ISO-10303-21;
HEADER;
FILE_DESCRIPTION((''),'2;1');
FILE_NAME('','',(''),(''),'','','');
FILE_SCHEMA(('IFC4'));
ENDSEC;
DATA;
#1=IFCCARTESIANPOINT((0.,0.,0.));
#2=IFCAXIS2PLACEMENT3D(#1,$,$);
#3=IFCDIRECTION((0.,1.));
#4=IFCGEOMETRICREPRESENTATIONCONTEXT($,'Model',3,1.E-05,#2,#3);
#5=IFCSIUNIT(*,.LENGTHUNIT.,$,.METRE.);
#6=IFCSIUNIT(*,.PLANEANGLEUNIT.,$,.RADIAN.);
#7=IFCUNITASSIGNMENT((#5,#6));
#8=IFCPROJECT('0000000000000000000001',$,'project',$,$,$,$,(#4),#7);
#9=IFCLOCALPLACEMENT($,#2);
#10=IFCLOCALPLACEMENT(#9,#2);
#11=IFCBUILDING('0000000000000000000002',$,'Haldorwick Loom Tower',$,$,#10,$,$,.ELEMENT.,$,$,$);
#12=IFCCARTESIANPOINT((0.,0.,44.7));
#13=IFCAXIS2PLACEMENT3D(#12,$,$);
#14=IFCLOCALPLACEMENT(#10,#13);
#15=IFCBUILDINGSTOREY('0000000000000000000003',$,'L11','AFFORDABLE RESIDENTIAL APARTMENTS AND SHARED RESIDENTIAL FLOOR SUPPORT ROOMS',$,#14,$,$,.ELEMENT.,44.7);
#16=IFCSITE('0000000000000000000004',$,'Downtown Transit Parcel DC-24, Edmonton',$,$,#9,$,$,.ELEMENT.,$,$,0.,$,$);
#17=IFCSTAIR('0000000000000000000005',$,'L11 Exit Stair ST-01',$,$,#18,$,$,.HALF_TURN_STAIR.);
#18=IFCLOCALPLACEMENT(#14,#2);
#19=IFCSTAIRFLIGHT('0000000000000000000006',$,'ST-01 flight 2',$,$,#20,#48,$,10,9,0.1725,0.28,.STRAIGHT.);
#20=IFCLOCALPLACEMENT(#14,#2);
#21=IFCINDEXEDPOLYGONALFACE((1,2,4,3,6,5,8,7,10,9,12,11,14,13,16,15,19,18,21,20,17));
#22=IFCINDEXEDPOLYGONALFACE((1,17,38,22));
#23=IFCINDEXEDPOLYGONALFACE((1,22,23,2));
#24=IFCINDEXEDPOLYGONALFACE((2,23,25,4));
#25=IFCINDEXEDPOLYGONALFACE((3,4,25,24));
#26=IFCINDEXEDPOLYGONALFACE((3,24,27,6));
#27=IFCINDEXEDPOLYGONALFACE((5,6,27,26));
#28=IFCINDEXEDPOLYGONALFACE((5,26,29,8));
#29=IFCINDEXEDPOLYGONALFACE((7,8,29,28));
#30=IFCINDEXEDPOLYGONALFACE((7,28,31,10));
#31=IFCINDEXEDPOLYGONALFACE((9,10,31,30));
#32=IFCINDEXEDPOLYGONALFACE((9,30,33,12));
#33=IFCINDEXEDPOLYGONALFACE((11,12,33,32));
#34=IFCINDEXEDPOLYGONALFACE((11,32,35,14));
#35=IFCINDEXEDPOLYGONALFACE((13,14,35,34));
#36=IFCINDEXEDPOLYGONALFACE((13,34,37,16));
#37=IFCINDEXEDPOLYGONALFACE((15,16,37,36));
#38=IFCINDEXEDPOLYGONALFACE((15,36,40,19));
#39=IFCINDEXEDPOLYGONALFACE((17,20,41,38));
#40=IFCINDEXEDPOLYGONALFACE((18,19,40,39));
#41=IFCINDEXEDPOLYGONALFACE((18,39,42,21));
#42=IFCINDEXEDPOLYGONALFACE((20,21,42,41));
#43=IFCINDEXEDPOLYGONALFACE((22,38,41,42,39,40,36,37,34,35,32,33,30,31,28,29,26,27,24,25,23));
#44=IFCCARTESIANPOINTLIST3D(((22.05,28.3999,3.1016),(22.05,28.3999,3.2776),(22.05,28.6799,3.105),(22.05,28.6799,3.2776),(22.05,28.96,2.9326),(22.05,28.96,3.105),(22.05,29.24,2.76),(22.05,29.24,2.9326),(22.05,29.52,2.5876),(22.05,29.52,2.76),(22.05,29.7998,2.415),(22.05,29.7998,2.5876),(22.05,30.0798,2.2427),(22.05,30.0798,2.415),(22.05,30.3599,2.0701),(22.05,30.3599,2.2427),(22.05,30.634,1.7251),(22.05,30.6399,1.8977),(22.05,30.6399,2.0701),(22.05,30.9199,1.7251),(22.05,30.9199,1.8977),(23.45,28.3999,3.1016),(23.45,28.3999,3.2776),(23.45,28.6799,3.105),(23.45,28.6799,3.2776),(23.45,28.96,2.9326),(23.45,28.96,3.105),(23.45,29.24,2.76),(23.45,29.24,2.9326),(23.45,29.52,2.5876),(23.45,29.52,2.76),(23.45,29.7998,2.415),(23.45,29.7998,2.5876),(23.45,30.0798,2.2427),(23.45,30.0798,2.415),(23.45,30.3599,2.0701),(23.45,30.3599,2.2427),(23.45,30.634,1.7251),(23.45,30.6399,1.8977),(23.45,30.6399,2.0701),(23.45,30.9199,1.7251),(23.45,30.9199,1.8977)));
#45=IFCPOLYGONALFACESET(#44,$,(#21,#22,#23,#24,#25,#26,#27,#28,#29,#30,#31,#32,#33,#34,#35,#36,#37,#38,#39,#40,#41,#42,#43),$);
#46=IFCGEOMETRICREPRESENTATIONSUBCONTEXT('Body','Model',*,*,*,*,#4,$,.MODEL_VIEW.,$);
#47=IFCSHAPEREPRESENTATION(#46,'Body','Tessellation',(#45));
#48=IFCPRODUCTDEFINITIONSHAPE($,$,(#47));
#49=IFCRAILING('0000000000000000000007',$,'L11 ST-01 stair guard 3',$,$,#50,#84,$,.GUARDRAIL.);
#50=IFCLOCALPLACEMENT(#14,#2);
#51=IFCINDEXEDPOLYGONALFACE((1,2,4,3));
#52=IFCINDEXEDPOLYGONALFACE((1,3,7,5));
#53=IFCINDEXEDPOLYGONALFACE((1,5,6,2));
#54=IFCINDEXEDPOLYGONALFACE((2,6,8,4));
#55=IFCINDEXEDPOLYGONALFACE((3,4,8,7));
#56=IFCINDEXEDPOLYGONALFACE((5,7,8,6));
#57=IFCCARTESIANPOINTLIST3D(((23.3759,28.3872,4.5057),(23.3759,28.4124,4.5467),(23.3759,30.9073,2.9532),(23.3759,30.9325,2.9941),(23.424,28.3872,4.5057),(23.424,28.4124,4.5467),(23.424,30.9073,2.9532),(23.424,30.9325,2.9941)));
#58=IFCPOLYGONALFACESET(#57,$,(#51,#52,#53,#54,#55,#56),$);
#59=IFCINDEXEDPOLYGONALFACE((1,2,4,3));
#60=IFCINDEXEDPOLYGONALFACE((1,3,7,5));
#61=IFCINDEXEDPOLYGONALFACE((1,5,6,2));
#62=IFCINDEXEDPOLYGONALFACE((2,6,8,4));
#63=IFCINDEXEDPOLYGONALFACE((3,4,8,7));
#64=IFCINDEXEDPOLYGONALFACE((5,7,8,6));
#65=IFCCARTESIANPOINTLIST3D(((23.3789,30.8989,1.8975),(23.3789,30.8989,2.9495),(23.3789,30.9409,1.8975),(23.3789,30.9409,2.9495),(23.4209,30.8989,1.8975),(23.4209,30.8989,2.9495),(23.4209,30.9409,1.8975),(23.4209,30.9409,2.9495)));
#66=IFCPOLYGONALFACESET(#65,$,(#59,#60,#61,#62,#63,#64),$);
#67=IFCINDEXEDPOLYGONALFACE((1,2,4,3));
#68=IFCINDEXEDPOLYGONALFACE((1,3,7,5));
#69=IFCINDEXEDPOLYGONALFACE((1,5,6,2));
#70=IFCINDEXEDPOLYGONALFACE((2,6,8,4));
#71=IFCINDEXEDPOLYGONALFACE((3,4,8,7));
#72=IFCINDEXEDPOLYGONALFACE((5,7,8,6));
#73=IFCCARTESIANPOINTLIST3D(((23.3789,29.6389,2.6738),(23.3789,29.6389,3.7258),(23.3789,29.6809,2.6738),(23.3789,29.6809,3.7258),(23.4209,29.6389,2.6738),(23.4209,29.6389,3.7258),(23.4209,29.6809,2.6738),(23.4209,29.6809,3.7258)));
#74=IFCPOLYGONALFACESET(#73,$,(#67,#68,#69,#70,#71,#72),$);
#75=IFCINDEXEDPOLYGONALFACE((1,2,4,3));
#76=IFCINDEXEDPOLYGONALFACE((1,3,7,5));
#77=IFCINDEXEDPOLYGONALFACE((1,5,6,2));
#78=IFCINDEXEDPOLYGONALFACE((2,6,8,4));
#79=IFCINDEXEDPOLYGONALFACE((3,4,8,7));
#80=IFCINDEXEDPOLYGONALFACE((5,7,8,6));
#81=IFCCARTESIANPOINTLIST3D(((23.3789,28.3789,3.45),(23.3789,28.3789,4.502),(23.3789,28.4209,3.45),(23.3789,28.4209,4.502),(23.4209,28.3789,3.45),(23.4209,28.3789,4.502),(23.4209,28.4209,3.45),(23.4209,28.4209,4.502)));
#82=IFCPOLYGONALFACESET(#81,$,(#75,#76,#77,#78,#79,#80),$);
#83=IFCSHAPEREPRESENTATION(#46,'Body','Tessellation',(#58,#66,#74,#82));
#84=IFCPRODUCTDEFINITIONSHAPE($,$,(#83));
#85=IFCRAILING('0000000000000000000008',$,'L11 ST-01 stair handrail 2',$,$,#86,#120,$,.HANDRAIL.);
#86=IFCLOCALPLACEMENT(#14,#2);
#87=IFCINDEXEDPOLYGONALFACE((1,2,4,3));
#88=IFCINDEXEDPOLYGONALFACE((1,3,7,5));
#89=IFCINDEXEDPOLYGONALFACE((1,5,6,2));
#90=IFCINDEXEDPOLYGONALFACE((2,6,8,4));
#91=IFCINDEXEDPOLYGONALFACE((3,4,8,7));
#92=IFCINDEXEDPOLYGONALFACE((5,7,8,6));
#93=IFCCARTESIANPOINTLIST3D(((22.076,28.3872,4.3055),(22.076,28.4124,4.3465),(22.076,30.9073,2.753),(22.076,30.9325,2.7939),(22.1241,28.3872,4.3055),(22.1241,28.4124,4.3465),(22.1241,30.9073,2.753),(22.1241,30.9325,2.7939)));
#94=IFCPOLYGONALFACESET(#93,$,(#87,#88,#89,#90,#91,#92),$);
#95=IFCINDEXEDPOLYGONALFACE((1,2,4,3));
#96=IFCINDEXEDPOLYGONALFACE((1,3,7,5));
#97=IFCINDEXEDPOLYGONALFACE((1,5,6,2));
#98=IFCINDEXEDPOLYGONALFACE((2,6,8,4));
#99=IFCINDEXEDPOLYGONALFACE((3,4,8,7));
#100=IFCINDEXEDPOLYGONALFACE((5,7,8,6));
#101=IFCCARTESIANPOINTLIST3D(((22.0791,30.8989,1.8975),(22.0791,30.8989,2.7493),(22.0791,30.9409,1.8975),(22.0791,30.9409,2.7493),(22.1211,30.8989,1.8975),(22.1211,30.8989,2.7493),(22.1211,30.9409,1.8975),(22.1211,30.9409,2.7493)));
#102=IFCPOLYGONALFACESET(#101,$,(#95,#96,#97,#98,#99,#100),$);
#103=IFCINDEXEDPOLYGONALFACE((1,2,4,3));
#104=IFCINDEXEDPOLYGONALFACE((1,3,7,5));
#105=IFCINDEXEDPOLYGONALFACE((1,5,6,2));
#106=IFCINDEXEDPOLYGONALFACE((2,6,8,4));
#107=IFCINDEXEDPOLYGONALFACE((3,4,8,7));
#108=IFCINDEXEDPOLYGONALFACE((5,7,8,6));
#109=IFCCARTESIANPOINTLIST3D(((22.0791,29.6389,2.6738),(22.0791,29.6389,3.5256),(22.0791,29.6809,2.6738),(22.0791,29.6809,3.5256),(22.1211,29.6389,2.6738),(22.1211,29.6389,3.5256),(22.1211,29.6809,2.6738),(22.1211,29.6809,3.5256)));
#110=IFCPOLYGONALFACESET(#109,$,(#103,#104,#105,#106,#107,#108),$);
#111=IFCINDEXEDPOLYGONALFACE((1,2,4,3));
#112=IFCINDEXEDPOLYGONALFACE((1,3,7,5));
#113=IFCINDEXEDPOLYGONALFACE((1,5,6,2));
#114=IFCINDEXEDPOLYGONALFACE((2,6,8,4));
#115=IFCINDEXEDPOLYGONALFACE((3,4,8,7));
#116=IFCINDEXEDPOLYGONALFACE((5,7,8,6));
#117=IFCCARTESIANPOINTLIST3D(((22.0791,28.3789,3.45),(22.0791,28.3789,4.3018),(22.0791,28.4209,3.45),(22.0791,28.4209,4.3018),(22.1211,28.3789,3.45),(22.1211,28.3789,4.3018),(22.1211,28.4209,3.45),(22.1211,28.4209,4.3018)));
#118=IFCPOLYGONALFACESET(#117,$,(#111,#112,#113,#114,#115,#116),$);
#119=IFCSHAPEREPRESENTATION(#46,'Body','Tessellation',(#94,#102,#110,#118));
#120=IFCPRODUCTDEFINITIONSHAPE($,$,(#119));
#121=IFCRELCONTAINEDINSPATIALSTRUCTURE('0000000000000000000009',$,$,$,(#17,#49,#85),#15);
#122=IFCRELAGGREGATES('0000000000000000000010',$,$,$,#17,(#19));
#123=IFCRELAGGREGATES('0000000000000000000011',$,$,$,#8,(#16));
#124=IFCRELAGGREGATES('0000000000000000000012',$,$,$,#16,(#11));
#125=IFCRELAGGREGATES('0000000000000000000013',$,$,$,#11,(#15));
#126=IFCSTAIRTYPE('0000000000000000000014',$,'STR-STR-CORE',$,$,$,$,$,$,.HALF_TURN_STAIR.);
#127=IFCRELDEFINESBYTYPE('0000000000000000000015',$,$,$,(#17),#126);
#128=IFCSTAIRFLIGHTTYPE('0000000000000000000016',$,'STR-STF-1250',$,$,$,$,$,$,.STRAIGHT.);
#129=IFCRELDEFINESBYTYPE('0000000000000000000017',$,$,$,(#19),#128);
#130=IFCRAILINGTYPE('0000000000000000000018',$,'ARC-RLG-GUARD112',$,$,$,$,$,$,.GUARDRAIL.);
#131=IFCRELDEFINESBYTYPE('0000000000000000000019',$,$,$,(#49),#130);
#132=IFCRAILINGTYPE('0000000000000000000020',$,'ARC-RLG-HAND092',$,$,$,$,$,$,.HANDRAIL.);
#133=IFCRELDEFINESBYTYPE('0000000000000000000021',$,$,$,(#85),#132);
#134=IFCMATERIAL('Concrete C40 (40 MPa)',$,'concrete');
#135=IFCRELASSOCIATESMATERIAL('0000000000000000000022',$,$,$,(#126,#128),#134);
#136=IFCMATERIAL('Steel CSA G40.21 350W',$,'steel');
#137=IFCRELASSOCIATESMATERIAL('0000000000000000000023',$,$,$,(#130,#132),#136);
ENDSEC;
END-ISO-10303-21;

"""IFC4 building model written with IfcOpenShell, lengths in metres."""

from ifc_helpers import new_model, si_unit, direction, frame, origin, origin_2d, place, context, subcontext, project, spatial, polyline, rectangle, outline, extrude, material, type_object, element, aggregate, save


model = new_model("IFC4")

# Units and contexts
model_context = context("Model", 3, precision=1e-05, world=origin(), true_north=direction((0.0, 1.0)))
body_context = subcontext(model_context, "Body", "Model", "MODEL_VIEW")
ifc_project = project(units=[si_unit("LENGTHUNIT", "METRE"), si_unit("PLANEANGLEUNIT", "RADIAN")], contexts=[model_context])

# Site, building, storey
site_placement = place(None, origin())
site = spatial("IfcSite", under=ifc_project, at=site_placement, Name="Downtown Transit Parcel DC-24, Edmonton", CompositionType="ELEMENT", RefElevation=0.0)
building_placement = place(site_placement, origin())
building = spatial("IfcBuilding", under=site, at=building_placement, Name="Haldorwick Loom Tower", CompositionType="ELEMENT")
storey_placement = place(building_placement, frame((0.0, 0.0, 44.7)))
storey = spatial("IfcBuildingStorey", under=building, at=storey_placement, Name="L11", Description="AFFORDABLE RESIDENTIAL APARTMENTS AND SHARED RESIDENTIAL FLOOR SUPPORT ROOMS", CompositionType="ELEMENT", Elevation=44.7)

# Shared definitions
ifc_material_1 = material(Name="Steel CSA G40.21 350W", Category="steel")

# Stair, stair flight
ifc_material_2 = material(Name="Concrete C40 (40 MPa)", Category="concrete")
stair_type = type_object("IfcStairType", Name="STR-STR-CORE", PredefinedType="HALF_TURN_STAIR", material=ifc_material_2)
stair_placement = place(storey_placement, origin())
stair = element("IfcStair", 1, at=stair_placement, inside=storey, type_object=stair_type, Name="L11 Exit Stair ST-01", PredefinedType="HALF_TURN_STAIR")
stair_flight_type = type_object("IfcStairFlightType", Name="STR-STF-1250", PredefinedType="STRAIGHT", material=ifc_material_2)
stair_flight_placement = place(storey_placement, frame((22.75, 30.9199, 1.7251), z_axis=(0.0, 0.0, 1.0), x_axis=(0.0, -1.0, 0.0)))
stair_flight = element("IfcStairFlight", 2, at=stair_flight_placement, type_object=stair_flight_type, Name="ST-01 flight 2", NumberOfRisers=10, NumberOfTreads=9, PredefinedType="STRAIGHT", RiserHeight=0.1725, TreadLength=0.28, context=body_context, shape_type="SweptSolid", body=[
    extrude(outline(polyline([(0.0, 0.0), (0.0, 0.1726), (0.28, 0.1726), (0.28, 0.345), (0.5601, 0.345), (0.5601, 0.5176), (0.8401, 0.5176), (0.8401, 0.6899), (1.1201, 0.6899), (1.1201, 0.8625), (1.3999, 0.8625), (1.3999, 1.0349), (1.6799, 1.0349), (1.6799, 1.2075), (1.96, 1.2075), (1.96, 1.3799), (2.24, 1.3799), (2.24, 1.5525), (2.52, 1.5525), (2.52, 1.7251), (2.52, 1.3765), (0.2859, 0.0), (0.0, 0.0)])), frame((0.0, 0.7, 0.0), z_axis=(0.0, -1.0, 0.0), x_axis=(1.0, 0.0, 0.0)), (0.0, 0.0, 1.0), 1.3999),
])
aggregate(stair, [stair_flight])

# Railings
railing_type_1 = type_object("IfcRailingType", Name="ARC-RLG-GUARD112", PredefinedType="GUARDRAIL", material=ifc_material_1)
railing_1_placement = place(storey_placement, frame((23.3999, 30.9199, 1.8975)))
element("IfcRailing", 3, at=railing_1_placement, inside=storey, type_object=railing_type_1, Name="L11 ST-01 stair guard 3", PredefinedType="GUARDRAIL", context=body_context, shape_type="SweptSolid", body=[
    extrude(rectangle(XDim=0.0481, YDim=0.0481, at=origin_2d()), frame((0.0, 0.0, 1.0762), z_axis=(0.0, -0.8514, 0.524516), x_axis=(1.0, 0.0, 0.0)), (0.0, 0.0, 1.0), 2.96),
    extrude(rectangle(XDim=0.042, YDim=0.042, at=origin_2d()), origin(), (0.0, 0.0, 1.0), 1.052),
    extrude(rectangle(XDim=0.042, YDim=0.042, at=origin_2d()), frame((0.0, -1.26, 0.7764)), (0.0, 0.0, 1.0), 1.052),
    extrude(rectangle(XDim=0.042, YDim=0.042, at=origin_2d()), frame((0.0, -2.52, 1.5525)), (0.0, 0.0, 1.0), 1.052),
])
railing_type_2 = type_object("IfcRailingType", Name="ARC-RLG-HAND092", PredefinedType="HANDRAIL", material=ifc_material_1)
railing_2_placement = place(storey_placement, frame((22.1001, 30.9199, 1.8975)))
element("IfcRailing", 4, at=railing_2_placement, inside=storey, type_object=railing_type_2, Name="L11 ST-01 stair handrail 2", PredefinedType="HANDRAIL", context=body_context, shape_type="SweptSolid", body=[
    extrude(rectangle(XDim=0.0481, YDim=0.0481, at=origin_2d()), frame((0.0, 0.0, 0.876), z_axis=(0.0, -0.8514, 0.524516), x_axis=(1.0, 0.0, 0.0)), (0.0, 0.0, 1.0), 2.96),
    extrude(rectangle(XDim=0.042, YDim=0.042, at=origin_2d()), origin(), (0.0, 0.0, 1.0), 0.8518),
    extrude(rectangle(XDim=0.042, YDim=0.042, at=origin_2d()), frame((0.0, -1.26, 0.7764)), (0.0, 0.0, 1.0), 0.8518),
    extrude(rectangle(XDim=0.042, YDim=0.042, at=origin_2d()), frame((0.0, -2.52, 1.5525)), (0.0, 0.0, 1.0), 0.8518),
])

save(model, "model.ifc")
